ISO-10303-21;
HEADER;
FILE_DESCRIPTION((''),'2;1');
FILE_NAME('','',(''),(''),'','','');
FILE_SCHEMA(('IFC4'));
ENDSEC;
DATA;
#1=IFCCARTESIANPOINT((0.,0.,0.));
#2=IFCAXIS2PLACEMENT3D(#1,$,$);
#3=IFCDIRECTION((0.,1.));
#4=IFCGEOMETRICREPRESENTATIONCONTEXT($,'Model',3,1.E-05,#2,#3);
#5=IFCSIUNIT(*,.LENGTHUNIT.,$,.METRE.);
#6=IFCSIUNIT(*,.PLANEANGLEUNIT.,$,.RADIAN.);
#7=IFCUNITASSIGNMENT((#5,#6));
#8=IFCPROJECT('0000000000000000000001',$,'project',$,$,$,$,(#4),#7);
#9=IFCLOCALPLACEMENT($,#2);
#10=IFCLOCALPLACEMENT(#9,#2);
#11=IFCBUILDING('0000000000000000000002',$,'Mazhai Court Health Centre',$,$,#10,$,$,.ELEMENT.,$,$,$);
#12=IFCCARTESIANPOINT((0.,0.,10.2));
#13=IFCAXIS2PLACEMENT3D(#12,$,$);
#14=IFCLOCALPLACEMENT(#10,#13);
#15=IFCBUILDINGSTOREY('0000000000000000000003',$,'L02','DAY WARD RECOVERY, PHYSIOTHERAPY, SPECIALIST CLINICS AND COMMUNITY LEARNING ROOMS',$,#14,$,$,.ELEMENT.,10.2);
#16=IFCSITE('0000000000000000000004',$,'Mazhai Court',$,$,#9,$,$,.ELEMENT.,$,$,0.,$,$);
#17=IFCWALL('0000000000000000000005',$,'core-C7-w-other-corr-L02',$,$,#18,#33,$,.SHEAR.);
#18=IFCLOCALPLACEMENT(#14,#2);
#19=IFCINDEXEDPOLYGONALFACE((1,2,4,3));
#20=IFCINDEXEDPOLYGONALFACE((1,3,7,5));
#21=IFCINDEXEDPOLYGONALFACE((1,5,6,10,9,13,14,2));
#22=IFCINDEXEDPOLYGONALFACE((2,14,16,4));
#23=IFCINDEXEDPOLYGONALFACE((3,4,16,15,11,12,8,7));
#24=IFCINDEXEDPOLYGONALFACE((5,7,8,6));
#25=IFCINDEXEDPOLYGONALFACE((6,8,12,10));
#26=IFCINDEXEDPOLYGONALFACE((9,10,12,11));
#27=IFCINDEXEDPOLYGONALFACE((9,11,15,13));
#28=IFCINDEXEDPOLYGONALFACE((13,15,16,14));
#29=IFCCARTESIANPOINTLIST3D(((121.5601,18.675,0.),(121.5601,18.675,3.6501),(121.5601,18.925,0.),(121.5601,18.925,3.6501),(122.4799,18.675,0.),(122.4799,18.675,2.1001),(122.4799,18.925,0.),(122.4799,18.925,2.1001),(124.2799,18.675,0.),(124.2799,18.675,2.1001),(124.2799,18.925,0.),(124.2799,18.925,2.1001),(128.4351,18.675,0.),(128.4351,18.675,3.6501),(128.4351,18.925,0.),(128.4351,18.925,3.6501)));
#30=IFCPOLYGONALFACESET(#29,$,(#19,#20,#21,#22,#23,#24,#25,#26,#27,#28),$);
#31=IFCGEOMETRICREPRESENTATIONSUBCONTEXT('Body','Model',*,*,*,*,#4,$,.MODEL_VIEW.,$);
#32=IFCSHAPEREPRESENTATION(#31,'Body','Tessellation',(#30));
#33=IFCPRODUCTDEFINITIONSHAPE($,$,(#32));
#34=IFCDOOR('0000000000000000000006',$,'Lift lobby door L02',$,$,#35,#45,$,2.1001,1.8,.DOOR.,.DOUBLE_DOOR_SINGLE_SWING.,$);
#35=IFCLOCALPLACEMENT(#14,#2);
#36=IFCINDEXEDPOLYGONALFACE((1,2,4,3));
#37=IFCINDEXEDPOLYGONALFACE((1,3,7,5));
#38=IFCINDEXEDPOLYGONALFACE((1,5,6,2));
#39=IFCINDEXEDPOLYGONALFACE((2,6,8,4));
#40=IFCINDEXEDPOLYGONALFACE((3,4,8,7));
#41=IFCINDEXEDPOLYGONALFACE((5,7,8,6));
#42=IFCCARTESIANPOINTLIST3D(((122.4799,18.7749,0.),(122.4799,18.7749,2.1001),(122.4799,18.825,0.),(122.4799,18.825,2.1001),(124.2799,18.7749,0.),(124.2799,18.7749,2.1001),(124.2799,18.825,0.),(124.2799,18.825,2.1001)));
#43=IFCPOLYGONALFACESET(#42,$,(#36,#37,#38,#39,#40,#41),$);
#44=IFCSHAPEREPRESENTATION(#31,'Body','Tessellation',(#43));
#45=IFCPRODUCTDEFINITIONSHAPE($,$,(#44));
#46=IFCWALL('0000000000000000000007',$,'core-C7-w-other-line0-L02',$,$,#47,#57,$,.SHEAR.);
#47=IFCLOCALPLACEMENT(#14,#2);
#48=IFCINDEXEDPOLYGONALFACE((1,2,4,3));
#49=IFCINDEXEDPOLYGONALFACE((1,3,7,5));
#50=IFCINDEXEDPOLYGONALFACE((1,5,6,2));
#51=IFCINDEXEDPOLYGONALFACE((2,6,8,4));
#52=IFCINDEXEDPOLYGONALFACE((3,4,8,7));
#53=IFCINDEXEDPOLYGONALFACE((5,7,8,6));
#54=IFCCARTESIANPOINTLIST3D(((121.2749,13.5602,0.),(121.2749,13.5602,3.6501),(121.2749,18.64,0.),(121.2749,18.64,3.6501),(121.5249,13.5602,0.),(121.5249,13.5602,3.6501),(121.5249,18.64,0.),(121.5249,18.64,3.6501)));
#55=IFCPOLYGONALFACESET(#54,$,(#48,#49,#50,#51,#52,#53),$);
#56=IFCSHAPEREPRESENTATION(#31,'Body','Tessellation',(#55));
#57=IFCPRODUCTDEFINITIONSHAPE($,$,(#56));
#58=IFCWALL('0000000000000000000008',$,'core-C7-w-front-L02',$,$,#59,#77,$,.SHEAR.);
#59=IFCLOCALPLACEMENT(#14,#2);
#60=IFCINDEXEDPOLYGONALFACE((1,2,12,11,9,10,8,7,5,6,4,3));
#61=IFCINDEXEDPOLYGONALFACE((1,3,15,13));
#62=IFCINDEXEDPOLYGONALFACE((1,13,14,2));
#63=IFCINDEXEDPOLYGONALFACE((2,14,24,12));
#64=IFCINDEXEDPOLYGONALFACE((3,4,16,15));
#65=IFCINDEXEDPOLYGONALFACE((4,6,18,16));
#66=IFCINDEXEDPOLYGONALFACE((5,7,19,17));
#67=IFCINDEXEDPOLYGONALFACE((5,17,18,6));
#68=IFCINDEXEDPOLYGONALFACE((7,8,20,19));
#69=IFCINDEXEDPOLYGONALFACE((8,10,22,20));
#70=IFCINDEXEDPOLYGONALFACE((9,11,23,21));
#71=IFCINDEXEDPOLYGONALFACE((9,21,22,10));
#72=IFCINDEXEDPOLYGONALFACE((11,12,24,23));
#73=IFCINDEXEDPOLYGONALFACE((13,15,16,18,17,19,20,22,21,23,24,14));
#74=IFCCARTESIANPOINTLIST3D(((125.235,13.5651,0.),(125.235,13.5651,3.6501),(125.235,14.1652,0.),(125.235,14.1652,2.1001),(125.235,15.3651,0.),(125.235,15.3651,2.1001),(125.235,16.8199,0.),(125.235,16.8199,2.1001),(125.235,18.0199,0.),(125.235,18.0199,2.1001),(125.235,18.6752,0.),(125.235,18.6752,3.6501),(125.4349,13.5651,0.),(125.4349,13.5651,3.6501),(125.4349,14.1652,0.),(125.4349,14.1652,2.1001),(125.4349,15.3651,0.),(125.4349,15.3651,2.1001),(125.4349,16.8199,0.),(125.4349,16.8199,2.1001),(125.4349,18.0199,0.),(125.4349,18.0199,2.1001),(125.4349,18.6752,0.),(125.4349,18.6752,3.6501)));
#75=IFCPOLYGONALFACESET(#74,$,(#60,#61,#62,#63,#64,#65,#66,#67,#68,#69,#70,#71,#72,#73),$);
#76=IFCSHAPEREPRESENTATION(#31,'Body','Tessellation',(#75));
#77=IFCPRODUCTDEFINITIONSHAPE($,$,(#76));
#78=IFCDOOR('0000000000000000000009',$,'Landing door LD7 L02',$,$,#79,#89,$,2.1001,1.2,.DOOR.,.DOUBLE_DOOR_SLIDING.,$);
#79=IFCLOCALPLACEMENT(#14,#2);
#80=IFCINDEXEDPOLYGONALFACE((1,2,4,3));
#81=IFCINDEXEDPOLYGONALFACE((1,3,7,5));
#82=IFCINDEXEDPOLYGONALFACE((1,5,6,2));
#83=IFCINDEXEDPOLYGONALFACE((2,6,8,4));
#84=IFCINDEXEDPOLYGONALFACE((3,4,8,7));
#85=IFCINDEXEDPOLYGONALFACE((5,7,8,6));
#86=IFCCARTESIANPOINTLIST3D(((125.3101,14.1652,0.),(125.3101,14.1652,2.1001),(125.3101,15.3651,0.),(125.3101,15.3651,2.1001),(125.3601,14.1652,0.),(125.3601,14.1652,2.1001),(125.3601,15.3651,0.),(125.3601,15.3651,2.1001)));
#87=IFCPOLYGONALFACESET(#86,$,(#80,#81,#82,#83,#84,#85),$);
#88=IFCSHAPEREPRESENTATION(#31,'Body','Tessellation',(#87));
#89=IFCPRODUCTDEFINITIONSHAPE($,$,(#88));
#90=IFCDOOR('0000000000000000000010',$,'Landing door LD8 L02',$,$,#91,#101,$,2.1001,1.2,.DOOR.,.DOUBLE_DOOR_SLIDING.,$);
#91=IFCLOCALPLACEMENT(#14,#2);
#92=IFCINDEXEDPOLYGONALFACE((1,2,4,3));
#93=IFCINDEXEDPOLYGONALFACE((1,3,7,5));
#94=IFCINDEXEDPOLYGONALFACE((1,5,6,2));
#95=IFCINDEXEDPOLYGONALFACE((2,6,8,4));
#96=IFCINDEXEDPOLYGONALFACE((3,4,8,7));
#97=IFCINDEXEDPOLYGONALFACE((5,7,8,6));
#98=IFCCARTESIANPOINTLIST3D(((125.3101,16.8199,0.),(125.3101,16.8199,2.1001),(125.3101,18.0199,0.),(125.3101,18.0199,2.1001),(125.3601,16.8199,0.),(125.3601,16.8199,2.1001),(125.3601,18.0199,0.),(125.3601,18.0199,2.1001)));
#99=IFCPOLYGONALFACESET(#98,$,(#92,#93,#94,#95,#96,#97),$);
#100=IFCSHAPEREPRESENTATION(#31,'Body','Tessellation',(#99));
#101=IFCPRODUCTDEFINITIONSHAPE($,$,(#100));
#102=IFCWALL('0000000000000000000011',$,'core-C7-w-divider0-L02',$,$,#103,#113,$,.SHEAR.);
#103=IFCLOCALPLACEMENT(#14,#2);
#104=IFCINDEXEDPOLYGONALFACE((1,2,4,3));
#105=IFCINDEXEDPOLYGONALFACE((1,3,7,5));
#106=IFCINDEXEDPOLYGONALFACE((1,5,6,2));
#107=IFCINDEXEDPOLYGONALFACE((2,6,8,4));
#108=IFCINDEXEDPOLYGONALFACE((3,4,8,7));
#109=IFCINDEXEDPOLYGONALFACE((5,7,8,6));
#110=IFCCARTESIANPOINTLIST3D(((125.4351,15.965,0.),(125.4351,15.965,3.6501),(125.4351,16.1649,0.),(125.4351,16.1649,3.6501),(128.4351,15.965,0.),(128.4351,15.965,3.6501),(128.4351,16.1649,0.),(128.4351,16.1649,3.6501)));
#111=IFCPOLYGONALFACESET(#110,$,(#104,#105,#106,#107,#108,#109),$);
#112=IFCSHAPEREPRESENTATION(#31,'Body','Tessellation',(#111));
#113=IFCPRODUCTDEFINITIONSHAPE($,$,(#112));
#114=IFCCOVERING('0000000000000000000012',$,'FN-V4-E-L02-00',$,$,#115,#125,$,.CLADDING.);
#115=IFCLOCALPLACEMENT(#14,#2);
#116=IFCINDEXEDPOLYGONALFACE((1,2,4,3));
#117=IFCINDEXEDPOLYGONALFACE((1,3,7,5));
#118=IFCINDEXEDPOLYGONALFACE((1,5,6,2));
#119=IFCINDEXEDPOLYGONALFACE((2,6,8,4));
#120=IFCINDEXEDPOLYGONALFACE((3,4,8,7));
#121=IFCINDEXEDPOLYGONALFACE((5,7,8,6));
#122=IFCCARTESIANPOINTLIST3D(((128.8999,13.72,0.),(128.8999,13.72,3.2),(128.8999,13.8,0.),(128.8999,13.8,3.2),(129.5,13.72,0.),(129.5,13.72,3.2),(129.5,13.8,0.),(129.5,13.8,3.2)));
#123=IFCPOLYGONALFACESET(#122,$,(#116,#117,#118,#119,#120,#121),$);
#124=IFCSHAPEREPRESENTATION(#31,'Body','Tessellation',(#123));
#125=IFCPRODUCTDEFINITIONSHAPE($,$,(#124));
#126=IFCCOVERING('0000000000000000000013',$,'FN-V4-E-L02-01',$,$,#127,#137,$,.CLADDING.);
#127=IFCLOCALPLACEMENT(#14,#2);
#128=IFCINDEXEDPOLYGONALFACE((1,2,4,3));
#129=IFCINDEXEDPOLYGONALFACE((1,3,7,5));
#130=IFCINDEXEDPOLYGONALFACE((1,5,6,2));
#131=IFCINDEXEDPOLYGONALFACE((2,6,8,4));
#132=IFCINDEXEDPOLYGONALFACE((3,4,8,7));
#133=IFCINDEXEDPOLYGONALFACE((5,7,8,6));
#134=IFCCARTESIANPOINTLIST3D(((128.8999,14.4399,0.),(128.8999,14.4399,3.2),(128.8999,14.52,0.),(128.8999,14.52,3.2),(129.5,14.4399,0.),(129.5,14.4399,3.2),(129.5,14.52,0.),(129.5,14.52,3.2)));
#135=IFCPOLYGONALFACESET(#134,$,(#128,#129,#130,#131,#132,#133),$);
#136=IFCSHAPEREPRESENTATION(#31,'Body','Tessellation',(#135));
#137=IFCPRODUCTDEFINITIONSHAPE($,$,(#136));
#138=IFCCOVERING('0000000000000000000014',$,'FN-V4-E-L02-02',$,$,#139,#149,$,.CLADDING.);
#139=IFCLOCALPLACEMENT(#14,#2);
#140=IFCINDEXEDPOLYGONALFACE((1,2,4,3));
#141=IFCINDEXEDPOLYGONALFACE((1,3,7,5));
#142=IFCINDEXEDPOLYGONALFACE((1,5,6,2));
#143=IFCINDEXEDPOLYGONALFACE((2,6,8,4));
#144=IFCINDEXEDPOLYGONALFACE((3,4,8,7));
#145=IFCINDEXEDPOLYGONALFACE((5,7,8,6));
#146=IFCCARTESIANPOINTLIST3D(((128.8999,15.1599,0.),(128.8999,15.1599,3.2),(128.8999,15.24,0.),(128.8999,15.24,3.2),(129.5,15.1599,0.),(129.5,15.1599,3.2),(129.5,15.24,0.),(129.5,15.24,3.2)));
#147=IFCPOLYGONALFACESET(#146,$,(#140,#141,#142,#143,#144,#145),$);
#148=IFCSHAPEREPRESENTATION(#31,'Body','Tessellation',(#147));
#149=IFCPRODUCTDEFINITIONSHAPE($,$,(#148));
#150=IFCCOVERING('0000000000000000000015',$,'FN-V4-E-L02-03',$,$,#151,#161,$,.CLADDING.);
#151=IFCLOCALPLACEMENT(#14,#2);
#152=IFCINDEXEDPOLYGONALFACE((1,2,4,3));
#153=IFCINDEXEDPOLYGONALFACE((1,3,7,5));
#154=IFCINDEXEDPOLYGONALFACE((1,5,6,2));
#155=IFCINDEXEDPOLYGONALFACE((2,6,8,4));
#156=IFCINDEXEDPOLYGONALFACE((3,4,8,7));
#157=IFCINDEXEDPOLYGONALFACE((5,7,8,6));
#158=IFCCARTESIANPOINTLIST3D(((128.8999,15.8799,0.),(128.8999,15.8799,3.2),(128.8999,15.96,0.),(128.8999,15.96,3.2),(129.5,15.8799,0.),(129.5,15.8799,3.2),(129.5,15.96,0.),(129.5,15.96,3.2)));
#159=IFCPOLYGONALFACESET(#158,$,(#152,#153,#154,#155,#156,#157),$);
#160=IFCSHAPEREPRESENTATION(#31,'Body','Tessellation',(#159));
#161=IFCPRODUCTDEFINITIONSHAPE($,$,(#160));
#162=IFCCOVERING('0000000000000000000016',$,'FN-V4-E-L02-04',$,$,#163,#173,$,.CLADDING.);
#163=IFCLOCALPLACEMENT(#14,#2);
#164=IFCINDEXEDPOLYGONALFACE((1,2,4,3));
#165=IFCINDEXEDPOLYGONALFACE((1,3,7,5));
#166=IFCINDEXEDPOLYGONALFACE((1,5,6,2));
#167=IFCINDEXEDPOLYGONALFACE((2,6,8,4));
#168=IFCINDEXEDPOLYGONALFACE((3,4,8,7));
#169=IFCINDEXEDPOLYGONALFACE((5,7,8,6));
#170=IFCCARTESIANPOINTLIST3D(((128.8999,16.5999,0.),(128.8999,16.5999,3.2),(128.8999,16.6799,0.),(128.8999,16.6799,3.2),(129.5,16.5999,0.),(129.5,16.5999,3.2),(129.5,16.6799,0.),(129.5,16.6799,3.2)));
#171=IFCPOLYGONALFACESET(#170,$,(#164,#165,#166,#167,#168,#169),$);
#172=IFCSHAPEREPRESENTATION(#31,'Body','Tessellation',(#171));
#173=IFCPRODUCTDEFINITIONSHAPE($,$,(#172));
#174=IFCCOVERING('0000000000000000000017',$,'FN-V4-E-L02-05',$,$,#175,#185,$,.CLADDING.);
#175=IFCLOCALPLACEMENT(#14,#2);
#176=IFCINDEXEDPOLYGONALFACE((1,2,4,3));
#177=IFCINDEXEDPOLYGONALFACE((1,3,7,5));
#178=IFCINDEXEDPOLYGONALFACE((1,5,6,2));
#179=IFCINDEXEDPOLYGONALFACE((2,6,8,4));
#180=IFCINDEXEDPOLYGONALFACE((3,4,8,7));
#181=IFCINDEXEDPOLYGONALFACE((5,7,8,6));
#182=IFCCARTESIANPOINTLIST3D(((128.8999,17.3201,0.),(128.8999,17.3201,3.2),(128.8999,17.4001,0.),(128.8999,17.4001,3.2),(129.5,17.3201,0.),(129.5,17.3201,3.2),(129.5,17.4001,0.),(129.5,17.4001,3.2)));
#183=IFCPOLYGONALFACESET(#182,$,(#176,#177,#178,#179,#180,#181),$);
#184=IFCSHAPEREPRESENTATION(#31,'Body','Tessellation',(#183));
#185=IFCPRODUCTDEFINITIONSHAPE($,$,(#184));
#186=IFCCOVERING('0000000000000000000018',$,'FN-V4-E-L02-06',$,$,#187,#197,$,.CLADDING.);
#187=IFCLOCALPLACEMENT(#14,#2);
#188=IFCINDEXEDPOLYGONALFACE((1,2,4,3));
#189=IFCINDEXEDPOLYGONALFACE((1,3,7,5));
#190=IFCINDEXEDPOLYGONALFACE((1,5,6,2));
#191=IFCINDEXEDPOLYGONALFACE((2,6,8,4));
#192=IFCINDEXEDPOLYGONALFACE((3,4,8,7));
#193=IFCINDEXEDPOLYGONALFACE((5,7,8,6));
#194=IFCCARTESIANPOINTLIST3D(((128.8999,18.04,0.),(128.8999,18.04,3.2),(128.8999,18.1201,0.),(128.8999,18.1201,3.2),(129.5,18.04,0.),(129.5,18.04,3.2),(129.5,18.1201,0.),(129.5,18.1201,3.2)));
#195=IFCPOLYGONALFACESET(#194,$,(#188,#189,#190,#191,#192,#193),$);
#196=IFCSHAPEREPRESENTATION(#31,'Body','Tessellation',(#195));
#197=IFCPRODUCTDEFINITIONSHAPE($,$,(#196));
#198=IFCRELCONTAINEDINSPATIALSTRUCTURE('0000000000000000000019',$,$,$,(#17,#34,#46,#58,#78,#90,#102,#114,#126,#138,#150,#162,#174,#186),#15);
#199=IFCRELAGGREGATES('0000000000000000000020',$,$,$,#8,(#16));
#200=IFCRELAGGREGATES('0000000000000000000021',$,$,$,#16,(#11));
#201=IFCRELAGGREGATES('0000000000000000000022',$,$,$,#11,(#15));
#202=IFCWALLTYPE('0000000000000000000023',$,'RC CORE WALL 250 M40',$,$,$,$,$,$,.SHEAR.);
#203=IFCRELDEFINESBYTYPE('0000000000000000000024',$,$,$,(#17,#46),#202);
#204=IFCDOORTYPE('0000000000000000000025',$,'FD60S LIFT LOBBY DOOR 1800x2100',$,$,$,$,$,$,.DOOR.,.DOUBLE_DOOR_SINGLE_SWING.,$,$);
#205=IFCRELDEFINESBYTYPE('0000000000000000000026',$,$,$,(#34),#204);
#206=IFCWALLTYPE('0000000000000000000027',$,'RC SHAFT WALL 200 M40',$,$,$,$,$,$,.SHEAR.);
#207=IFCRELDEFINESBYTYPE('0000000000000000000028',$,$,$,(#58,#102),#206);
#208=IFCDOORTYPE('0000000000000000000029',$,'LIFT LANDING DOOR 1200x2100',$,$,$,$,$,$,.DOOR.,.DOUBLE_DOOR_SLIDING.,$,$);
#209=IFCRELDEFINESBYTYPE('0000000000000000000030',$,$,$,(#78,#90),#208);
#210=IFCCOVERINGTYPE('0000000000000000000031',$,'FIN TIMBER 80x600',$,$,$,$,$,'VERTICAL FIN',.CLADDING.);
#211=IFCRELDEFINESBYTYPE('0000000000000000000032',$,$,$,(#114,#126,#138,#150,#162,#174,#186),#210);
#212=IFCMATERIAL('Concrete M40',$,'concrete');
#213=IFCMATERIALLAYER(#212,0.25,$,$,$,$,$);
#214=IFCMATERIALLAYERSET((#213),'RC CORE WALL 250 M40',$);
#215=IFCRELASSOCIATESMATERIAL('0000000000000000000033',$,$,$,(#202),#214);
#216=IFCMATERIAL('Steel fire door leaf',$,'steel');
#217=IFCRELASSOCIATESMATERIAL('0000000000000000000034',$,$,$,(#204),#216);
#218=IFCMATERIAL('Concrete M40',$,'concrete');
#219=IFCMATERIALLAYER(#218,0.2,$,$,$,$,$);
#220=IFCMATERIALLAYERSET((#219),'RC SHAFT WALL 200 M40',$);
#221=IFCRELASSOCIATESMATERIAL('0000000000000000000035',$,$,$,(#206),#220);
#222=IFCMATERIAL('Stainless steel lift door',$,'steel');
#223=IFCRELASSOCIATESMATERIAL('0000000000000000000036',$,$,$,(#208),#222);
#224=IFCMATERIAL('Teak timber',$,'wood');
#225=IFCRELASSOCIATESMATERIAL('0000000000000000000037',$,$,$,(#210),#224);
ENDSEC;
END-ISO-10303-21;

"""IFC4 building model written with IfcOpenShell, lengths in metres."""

from ifc_helpers import new_model, si_unit, direction, frame, frame_2d, origin, origin_2d, place, context, subcontext, project, spatial, rectangle, extrude, material, layer, layer_set, type_object, element, fill, save


model = new_model("IFC4")

# Units and contexts
model_context = context("Model", 3, precision=1e-05, world=origin(), true_north=direction((0.0, 1.0)))
body_context = subcontext(model_context, "Body", "Model", "MODEL_VIEW")
ifc_project = project(units=[si_unit("LENGTHUNIT", "METRE"), si_unit("PLANEANGLEUNIT", "RADIAN")], contexts=[model_context])

# Site, building, storey
site_placement = place(None, origin())
site = spatial("IfcSite", under=ifc_project, at=site_placement, Name="Mazhai Court", CompositionType="ELEMENT", RefElevation=0.0)
building_placement = place(site_placement, origin())
building = spatial("IfcBuilding", under=site, at=building_placement, Name="Mazhai Court Health Centre", CompositionType="ELEMENT")
storey_placement = place(building_placement, frame((0.0, 0.0, 10.2)))
storey = spatial("IfcBuildingStorey", under=building, at=storey_placement, Name="L02", Description="DAY WARD RECOVERY, PHYSIOTHERAPY, SPECIALIST CLINICS AND COMMUNITY LEARNING ROOMS", CompositionType="ELEMENT", Elevation=10.2)

# Wall, opening, door
ifc_material_1 = material(Name="Concrete M40", Category="concrete")
ifc_layer_1 = layer(ifc_material_1, 0.25)
ifc_layer_set_1 = layer_set([ifc_layer_1], Name="RC CORE WALL 250 M40")
wall_type_1 = type_object("IfcWallType", Name="RC CORE WALL 250 M40", PredefinedType="SHEAR", material=ifc_layer_set_1)
wall_1_placement = place(storey_placement, frame((121.5601, 18.8, 0.0), z_axis=(0.0, 0.0, 1.0), x_axis=(1.0, 0.0, 0.0)))
wall_1 = element("IfcWall", 1, at=wall_1_placement, inside=storey, type_object=wall_type_1, Name="core-C7-w-other-corr-L02", PredefinedType="SHEAR", context=body_context, shape_type="SweptSolid", body=[
    extrude(rectangle(XDim=6.875, YDim=0.25, at=frame_2d((3.4375, 0.0))), origin(), (0.0, 0.0, 1.0), 3.6501),
])
opening_1_placement = place(wall_1_placement, frame((0.9199, 0.0, 0.0)))
opening_1 = element("IfcOpeningElement", 2, at=opening_1_placement, cuts=wall_1, PredefinedType="OPENING", context=body_context, shape_type="SweptSolid", body=[
    extrude(rectangle(XDim=1.8, YDim=2.1001, at=frame_2d((0.8999, 1.05))), frame((0.0, 0.135, 0.0), z_axis=(0.0, -1.0, 0.0), x_axis=(1.0, 0.0, 0.0)), (0.0, 0.0, 1.0), 0.27),
])
ifc_material_2 = material(Name="Steel fire door leaf", Category="steel")
door_type_1 = type_object("IfcDoorType", Name="FD60S LIFT LOBBY DOOR 1800x2100", OperationType="DOUBLE_DOOR_SINGLE_SWING", PredefinedType="DOOR", material=ifc_material_2)
door_1_placement = place(opening_1_placement, origin())
door_1 = element("IfcDoor", 3, at=door_1_placement, inside=storey, type_object=door_type_1, Name="Lift lobby door L02", OperationType="DOUBLE_DOOR_SINGLE_SWING", OverallHeight=2.1001, OverallWidth=1.8, PredefinedType="DOOR", context=body_context, shape_type="SweptSolid", body=[
    extrude(rectangle(XDim=1.8, YDim=2.1001, at=frame_2d((0.8999, 1.05))), frame((0.0, 0.0249, 0.0), z_axis=(0.0, -1.0, 0.0), x_axis=(1.0, 0.0, 0.0)), (0.0, 0.0, 1.0), 0.05),
])
fill(opening_1, door_1)

# Wall
wall_2_placement = place(storey_placement, frame((121.3999, 13.5601, 0.0), z_axis=(0.0, 0.0, 1.0), x_axis=(0.0, 1.0, 0.0)))
element("IfcWall", 4, at=wall_2_placement, inside=storey, type_object=wall_type_1, Name="core-C7-w-other-line0-L02", PredefinedType="SHEAR", context=body_context, shape_type="SweptSolid", body=[
    extrude(rectangle(XDim=5.0798, YDim=0.25, at=frame_2d((2.54, 0.0))), origin(), (0.0, 0.0, 1.0), 3.6501),
])

# Wall, openings, doors
ifc_material_3 = material(Name="Concrete M40", Category="concrete")
ifc_layer_2 = layer(ifc_material_3, 0.2)
ifc_layer_set_2 = layer_set([ifc_layer_2], Name="RC SHAFT WALL 200 M40")
wall_type_2 = type_object("IfcWallType", Name="RC SHAFT WALL 200 M40", PredefinedType="SHEAR", material=ifc_layer_set_2)
wall_3_placement = place(storey_placement, frame((125.335, 13.5649, 0.0), z_axis=(0.0, 0.0, 1.0), x_axis=(0.0, 1.0, 0.0)))
wall_3 = element("IfcWall", 5, at=wall_3_placement, inside=storey, type_object=wall_type_2, Name="core-C7-w-front-L02", PredefinedType="SHEAR", context=body_context, shape_type="SweptSolid", body=[
    extrude(rectangle(XDim=5.1101, YDim=0.2, at=frame_2d((2.5552, 0.0))), origin(), (0.0, 0.0, 1.0), 3.6501),
])
opening_2_placement = place(wall_3_placement, frame((0.6001, 0.0, 0.0)))
opening_2 = element("IfcOpeningElement", 6, at=opening_2_placement, cuts=wall_3, PredefinedType="OPENING", context=body_context, shape_type="SweptSolid", body=[
    extrude(rectangle(XDim=1.2, YDim=2.1001, at=frame_2d((0.6001, 1.05))), frame((0.0, 0.1099, 0.0), z_axis=(0.0, -1.0, 0.0), x_axis=(1.0, 0.0, 0.0)), (0.0, 0.0, 1.0), 0.22),
])
opening_3_placement = place(wall_3_placement, frame((3.2549, 0.0, 0.0)))
opening_3 = element("IfcOpeningElement", 7, at=opening_3_placement, cuts=wall_3, PredefinedType="OPENING", context=body_context, shape_type="SweptSolid", body=[
    extrude(rectangle(XDim=1.2, YDim=2.1001, at=frame_2d((0.6001, 1.05))), frame((0.0, 0.1099, 0.0), z_axis=(0.0, -1.0, 0.0), x_axis=(1.0, 0.0, 0.0)), (0.0, 0.0, 1.0), 0.22),
])
ifc_material_4 = material(Name="Stainless steel lift door", Category="steel")
door_type_2 = type_object("IfcDoorType", Name="LIFT LANDING DOOR 1200x2100", OperationType="DOUBLE_DOOR_SLIDING", PredefinedType="DOOR", material=ifc_material_4)
door_2_placement = place(opening_2_placement, origin())
door_2 = element("IfcDoor", 8, at=door_2_placement, inside=storey, type_object=door_type_2, Name="Landing door LD7 L02", OperationType="DOUBLE_DOOR_SLIDING", OverallHeight=2.1001, OverallWidth=1.2, PredefinedType="DOOR", context=body_context, shape_type="SweptSolid", body=[
    extrude(rectangle(XDim=1.2, YDim=2.1001, at=frame_2d((0.6001, 1.05))), frame((0.0, 0.0249, 0.0), z_axis=(0.0, -1.0, 0.0), x_axis=(1.0, 0.0, 0.0)), (0.0, 0.0, 1.0), 0.05),
])
fill(opening_2, door_2)
door_3_placement = place(opening_3_placement, origin())
door_3 = element("IfcDoor", 9, at=door_3_placement, inside=storey, type_object=door_type_2, Name="Landing door LD8 L02", OperationType="DOUBLE_DOOR_SLIDING", OverallHeight=2.1001, OverallWidth=1.2, PredefinedType="DOOR", context=body_context, shape_type="SweptSolid", body=[
    extrude(rectangle(XDim=1.2, YDim=2.1001, at=frame_2d((0.6001, 1.05))), frame((0.0, 0.0249, 0.0), z_axis=(0.0, -1.0, 0.0), x_axis=(1.0, 0.0, 0.0)), (0.0, 0.0, 1.0), 0.05),
])
fill(opening_3, door_3)

# Wall
wall_4_placement = place(storey_placement, frame((128.4351, 16.0649, 0.0), z_axis=(0.0, 0.0, 1.0), x_axis=(-1.0, 0.0, 0.0)))
element("IfcWall", 10, at=wall_4_placement, inside=storey, type_object=wall_type_2, Name="core-C7-w-divider0-L02", PredefinedType="SHEAR", context=body_context, shape_type="SweptSolid", body=[
    extrude(rectangle(XDim=3.0, YDim=0.2, at=frame_2d((1.5, 0.0))), origin(), (0.0, 0.0, 1.0), 3.6501),
])

# Coverings
ifc_material_5 = material(Name="Teak timber", Category="wood")
covering_type = type_object("IfcCoveringType", Name="FIN TIMBER 80x600", ElementType="VERTICAL FIN", PredefinedType="CLADDING", material=ifc_material_5)
for number, where, z_axis, x_axis, name in (
    (11, (129.2, 13.76, 0.0), (0.0, 0.0, 1.0), (0.0, 1.0, 0.0), "FN-V4-E-L02-00"),
    (12, (129.2, 14.48, 0.0), (0.0, 0.0, 1.0), (0.0, 1.0, 0.0), "FN-V4-E-L02-01"),
    (13, (129.2, 15.2, 0.0), (0.0, 0.0, 1.0), (0.0, 1.0, 0.0), "FN-V4-E-L02-02"),
    (14, (129.2, 15.9199, 0.0), (0.0, 0.0, 1.0), (0.0, 1.0, 0.0), "FN-V4-E-L02-03"),
    (15, (129.2, 16.6399, 0.0), (0.0, 0.0, 1.0), (0.0, 1.0, 0.0), "FN-V4-E-L02-04"),
    (16, (129.2, 17.3601, 0.0), (0.0, 0.0, 1.0), (0.0, 1.0, 0.0), "FN-V4-E-L02-05"),
    (17, (129.2, 18.0801, 0.0), (0.0, 0.0, 1.0), (0.0, 1.0, 0.0), "FN-V4-E-L02-06"),
):
    element("IfcCovering", number, at=place(storey_placement, frame(where, z_axis=z_axis, x_axis=x_axis)), inside=storey, type_object=covering_type, Name=name, PredefinedType="CLADDING", context=body_context, shape_type="SweptSolid", body=[
        extrude(rectangle(XDim=0.0801, YDim=0.6001, at=origin_2d()), origin(), (0.0, 0.0, 1.0), 3.2),
    ])

save(model, "model.ifc")
